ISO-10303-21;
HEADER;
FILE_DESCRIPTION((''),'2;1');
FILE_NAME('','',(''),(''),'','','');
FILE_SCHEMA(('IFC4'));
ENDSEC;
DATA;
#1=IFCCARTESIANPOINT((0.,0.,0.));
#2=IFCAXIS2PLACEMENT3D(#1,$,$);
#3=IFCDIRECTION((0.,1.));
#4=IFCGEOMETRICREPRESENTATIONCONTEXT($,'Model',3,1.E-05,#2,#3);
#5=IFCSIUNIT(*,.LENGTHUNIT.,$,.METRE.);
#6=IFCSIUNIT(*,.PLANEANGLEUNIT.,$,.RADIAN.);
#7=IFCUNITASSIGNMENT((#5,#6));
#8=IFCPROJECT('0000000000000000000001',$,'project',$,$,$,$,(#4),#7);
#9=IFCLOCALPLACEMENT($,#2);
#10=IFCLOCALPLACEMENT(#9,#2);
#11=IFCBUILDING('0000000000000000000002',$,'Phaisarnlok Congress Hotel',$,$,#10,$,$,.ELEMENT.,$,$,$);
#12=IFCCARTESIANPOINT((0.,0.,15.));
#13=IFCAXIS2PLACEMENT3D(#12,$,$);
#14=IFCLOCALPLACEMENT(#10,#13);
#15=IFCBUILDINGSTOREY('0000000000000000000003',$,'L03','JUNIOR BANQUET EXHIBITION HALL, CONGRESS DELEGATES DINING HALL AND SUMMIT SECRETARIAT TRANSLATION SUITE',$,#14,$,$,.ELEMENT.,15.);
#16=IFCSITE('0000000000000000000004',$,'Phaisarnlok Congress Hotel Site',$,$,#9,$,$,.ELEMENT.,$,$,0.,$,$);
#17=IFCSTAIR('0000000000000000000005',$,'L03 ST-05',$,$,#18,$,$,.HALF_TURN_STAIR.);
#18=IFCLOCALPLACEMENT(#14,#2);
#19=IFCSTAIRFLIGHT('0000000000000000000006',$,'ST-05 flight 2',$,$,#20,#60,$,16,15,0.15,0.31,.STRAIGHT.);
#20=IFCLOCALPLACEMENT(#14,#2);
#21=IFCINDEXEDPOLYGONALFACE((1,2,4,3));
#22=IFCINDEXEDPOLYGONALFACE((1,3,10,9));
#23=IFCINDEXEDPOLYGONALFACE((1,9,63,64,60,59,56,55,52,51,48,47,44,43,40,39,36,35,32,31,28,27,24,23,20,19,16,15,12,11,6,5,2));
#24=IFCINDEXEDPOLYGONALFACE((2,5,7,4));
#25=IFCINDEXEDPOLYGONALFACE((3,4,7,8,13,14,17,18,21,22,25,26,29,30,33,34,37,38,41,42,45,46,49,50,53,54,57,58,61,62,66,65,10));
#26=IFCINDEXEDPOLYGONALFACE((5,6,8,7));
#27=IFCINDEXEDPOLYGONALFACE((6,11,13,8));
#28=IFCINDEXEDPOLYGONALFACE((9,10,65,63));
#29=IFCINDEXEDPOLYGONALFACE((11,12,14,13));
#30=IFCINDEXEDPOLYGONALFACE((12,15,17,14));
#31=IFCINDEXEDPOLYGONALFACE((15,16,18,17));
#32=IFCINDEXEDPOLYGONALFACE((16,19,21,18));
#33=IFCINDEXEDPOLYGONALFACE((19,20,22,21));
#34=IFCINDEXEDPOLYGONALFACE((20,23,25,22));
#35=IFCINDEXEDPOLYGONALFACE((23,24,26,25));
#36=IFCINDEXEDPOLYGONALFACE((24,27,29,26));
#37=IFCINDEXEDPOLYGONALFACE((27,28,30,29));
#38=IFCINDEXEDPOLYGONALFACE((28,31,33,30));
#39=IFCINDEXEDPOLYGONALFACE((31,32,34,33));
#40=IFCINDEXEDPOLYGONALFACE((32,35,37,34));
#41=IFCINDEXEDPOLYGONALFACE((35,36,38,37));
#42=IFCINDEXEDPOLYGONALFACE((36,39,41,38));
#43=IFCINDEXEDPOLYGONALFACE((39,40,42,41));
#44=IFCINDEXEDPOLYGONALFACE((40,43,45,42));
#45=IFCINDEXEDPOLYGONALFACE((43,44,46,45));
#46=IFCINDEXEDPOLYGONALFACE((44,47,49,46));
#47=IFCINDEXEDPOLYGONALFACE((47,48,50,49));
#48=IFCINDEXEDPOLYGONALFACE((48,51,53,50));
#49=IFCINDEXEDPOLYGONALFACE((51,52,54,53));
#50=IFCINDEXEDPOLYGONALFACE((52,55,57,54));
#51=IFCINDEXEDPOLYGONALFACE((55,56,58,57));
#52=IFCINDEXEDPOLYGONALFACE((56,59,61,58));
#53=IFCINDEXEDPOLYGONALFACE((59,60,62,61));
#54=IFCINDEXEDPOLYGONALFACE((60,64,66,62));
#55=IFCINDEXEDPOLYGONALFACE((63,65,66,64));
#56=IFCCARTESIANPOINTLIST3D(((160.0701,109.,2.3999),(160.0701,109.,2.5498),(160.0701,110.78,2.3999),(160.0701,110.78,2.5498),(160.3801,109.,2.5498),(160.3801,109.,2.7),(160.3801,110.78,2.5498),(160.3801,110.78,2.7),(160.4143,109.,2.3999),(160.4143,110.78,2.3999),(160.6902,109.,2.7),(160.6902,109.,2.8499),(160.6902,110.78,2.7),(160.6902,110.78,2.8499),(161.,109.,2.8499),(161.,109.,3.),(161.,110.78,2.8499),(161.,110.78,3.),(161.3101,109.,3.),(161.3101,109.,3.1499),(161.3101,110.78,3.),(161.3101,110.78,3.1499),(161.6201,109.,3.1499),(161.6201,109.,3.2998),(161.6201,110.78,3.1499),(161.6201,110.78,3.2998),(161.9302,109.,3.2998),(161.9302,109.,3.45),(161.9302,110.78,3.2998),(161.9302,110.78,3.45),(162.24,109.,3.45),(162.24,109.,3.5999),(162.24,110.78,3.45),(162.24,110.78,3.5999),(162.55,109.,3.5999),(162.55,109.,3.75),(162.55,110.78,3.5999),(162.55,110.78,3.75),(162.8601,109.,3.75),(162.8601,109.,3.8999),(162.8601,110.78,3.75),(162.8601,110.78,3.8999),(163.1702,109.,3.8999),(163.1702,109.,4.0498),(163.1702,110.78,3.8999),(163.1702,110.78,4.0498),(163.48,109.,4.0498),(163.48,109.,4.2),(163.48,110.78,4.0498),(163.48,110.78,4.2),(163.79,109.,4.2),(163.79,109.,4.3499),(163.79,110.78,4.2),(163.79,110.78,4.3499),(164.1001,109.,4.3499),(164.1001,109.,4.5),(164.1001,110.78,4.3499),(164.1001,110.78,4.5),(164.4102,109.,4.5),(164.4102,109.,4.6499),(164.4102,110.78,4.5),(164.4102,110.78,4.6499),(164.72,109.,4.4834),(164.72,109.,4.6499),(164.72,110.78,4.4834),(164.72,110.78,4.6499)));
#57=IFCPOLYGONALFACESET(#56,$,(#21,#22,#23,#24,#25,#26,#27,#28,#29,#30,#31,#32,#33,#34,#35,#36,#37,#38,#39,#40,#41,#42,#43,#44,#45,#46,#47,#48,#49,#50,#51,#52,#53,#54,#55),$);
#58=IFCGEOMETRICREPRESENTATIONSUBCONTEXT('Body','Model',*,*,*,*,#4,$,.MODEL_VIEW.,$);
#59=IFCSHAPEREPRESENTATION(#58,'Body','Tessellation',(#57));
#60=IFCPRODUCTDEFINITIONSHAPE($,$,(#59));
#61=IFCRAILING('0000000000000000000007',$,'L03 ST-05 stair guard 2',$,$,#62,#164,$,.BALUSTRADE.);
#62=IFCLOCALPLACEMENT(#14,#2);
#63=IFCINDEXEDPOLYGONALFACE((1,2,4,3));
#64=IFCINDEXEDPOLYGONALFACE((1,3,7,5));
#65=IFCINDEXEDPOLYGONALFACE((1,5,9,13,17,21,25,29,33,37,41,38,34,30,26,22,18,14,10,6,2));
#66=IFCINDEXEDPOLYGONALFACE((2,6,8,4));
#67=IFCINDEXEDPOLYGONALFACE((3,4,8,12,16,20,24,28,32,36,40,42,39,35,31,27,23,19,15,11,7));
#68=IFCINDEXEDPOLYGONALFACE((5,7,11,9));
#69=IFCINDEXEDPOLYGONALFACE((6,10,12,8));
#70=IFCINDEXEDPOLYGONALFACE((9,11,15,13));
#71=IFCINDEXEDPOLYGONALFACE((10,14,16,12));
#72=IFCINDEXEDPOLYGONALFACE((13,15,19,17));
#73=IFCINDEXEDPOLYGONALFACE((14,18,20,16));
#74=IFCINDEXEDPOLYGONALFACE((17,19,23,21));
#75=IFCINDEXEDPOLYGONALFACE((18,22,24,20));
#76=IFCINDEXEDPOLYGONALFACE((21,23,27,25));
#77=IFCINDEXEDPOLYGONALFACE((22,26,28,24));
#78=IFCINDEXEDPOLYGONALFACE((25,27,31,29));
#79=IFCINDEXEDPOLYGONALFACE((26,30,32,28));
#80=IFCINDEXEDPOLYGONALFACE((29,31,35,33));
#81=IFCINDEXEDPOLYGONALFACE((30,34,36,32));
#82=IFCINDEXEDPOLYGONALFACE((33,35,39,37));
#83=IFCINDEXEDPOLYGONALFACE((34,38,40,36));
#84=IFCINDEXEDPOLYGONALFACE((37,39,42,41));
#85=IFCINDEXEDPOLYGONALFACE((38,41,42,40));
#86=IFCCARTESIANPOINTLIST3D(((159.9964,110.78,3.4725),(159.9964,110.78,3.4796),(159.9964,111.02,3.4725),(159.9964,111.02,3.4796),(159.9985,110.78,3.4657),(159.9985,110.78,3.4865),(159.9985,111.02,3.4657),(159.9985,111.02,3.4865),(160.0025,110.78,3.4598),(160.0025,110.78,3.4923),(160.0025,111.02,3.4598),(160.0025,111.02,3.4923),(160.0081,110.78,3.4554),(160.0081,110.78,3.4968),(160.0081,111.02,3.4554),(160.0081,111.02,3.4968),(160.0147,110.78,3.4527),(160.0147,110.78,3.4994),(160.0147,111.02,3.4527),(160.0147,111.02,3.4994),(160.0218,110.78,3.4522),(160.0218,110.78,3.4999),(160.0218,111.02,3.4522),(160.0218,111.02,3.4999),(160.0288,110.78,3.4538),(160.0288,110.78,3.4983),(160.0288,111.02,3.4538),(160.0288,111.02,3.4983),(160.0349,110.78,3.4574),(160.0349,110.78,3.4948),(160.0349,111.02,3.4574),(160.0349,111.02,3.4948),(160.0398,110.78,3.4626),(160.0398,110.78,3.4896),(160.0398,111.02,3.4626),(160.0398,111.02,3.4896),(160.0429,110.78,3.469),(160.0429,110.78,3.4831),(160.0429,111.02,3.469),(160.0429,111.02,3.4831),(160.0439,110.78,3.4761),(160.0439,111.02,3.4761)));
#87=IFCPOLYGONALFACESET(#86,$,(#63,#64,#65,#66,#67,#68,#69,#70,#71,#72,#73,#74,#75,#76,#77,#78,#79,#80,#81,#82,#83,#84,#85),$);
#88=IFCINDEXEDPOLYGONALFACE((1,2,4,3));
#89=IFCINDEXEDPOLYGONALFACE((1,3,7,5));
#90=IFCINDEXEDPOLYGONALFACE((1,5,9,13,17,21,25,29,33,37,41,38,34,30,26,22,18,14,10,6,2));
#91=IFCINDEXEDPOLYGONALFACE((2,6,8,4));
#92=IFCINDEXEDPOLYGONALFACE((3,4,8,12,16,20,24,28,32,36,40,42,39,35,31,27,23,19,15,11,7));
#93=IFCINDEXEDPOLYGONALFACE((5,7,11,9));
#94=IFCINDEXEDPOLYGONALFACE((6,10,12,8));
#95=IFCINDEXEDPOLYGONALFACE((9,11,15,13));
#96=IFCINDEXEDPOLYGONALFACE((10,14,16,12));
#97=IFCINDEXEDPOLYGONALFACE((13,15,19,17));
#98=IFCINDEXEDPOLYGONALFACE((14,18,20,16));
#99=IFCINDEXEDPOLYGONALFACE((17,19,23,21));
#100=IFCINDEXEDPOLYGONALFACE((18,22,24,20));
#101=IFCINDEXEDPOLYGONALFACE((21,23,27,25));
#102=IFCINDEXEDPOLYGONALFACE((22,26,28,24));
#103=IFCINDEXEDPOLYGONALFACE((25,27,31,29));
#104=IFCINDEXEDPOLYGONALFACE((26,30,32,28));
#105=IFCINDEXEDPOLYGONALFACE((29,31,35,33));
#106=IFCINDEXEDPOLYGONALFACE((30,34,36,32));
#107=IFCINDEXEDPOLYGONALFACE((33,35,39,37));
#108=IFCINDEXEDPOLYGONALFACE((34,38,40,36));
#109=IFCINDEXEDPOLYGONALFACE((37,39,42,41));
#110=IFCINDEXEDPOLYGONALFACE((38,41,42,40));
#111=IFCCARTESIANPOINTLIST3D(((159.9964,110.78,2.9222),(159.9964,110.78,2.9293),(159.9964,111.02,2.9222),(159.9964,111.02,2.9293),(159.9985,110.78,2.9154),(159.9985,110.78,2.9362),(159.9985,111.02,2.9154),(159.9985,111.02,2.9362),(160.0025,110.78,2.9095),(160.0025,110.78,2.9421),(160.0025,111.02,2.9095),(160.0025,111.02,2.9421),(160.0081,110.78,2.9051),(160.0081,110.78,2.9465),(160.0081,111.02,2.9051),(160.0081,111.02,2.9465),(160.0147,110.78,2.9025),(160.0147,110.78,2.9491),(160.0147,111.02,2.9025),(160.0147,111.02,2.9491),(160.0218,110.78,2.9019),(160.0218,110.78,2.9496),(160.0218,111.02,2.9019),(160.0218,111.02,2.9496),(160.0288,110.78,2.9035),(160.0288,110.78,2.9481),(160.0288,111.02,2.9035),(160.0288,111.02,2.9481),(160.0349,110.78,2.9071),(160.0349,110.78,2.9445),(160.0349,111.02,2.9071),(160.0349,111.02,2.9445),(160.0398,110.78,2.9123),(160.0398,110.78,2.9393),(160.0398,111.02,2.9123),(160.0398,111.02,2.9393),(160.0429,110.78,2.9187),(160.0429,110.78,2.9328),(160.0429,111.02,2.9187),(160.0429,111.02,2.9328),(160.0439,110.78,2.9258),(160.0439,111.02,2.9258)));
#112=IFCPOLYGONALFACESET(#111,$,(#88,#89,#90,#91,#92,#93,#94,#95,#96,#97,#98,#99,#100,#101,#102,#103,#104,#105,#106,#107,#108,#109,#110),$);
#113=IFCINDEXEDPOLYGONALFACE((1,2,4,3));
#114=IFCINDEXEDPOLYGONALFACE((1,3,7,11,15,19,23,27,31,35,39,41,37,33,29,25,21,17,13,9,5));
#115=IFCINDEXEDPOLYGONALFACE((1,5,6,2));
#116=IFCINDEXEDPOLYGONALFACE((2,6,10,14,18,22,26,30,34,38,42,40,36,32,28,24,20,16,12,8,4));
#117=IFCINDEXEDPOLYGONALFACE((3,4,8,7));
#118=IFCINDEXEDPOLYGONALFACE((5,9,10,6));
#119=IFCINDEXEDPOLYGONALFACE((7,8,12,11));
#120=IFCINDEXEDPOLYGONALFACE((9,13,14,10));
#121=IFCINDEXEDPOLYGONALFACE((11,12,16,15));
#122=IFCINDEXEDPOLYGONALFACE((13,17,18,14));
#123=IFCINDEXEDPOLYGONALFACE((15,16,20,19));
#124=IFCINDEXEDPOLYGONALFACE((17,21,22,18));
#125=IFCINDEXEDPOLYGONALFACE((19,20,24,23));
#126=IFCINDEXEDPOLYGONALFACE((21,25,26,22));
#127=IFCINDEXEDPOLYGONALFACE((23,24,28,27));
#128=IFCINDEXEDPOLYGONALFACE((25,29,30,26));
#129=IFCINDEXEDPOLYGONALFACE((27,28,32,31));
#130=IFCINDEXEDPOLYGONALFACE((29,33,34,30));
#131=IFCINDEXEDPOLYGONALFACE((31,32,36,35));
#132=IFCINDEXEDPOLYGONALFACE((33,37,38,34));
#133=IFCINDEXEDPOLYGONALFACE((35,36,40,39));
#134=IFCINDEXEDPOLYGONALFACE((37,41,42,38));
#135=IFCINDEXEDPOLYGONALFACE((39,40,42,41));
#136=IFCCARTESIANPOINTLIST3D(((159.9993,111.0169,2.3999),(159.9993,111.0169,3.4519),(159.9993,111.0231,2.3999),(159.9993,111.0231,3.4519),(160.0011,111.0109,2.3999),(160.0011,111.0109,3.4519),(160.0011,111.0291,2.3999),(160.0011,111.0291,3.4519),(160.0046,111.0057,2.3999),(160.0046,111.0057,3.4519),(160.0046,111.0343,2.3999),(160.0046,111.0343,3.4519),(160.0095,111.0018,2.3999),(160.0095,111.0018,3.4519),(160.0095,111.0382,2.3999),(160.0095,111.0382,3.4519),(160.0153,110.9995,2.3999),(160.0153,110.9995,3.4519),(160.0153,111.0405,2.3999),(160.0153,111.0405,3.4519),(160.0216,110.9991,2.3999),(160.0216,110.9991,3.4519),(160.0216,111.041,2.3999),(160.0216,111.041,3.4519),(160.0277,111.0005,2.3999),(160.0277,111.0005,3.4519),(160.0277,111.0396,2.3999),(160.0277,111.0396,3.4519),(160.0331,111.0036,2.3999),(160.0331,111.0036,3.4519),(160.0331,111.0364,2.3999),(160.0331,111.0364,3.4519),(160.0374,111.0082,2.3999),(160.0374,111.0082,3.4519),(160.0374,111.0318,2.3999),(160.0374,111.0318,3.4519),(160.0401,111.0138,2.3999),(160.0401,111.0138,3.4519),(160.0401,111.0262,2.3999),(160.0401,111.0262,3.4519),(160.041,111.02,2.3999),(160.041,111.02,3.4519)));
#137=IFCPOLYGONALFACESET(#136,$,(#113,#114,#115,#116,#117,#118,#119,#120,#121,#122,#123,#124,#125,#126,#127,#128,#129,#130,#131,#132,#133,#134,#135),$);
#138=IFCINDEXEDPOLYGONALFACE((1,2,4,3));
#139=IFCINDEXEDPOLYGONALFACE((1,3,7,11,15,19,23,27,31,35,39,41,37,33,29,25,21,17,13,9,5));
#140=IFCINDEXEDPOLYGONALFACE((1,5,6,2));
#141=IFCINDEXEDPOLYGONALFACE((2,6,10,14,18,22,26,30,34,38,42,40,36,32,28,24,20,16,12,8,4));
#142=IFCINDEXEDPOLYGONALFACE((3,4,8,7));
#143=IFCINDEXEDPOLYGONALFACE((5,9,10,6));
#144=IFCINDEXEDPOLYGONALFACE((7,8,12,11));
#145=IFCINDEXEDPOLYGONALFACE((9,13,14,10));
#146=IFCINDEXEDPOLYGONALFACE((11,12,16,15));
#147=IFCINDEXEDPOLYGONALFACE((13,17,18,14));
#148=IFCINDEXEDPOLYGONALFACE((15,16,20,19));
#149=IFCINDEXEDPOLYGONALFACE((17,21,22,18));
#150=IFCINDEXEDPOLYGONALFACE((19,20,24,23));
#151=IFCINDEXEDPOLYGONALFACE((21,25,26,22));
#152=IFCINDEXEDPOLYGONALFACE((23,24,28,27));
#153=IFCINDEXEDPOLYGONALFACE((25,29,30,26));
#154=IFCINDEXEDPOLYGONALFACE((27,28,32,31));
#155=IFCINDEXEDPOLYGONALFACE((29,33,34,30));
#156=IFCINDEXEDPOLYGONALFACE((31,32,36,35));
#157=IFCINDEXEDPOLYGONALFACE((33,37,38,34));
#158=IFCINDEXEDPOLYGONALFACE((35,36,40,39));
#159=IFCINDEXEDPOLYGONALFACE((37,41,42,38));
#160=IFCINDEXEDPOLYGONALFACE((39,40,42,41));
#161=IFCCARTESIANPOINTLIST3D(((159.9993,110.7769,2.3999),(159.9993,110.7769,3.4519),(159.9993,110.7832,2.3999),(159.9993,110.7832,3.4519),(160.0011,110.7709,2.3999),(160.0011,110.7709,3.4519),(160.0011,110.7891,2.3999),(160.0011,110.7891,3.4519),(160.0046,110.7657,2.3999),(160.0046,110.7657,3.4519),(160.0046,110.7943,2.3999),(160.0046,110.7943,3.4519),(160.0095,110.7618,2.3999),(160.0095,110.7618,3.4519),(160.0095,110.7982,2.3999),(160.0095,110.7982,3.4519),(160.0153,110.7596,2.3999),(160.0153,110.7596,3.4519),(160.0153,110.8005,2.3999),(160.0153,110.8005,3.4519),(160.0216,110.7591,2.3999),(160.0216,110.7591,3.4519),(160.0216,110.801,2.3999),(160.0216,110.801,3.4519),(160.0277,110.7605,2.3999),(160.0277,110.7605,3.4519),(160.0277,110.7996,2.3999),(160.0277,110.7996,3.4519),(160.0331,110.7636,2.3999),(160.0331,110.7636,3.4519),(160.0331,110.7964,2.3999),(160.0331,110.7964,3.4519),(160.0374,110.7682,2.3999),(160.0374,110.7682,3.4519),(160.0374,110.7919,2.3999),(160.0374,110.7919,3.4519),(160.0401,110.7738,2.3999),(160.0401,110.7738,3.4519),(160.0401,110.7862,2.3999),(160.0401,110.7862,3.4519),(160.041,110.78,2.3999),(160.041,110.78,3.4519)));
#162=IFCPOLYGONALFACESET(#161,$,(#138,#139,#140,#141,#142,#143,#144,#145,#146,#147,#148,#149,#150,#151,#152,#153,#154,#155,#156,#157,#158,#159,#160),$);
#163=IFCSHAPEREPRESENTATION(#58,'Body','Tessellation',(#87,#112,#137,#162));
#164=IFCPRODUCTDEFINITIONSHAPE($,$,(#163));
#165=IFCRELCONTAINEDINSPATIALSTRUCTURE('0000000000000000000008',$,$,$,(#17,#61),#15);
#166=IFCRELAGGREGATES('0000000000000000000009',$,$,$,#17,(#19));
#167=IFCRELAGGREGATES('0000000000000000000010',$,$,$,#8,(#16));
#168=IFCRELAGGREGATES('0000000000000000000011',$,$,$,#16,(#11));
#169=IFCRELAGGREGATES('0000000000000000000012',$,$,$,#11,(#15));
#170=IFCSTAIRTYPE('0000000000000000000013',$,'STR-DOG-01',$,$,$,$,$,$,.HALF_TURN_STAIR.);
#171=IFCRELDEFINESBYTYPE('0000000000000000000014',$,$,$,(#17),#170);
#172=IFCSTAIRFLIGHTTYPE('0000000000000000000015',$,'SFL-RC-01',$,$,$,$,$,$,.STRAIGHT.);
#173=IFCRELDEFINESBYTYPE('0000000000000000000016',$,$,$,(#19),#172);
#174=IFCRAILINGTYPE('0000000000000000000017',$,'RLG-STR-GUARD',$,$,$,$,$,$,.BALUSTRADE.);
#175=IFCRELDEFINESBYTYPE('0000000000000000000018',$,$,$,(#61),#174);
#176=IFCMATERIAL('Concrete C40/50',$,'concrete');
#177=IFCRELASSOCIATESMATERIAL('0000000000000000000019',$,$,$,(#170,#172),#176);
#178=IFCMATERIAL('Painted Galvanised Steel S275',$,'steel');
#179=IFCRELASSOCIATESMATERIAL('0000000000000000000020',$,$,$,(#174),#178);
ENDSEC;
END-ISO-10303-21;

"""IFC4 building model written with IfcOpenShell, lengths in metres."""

from ifc_helpers import new_model, si_unit, direction, frame, origin, origin_2d, place, context, subcontext, project, spatial, polyline, circle, outline, extrude, material, type_object, element, aggregate, save


model = new_model("IFC4")

# Units and contexts
model_context = context("Model", 3, precision=1e-05, world=origin(), true_north=direction((0.0, 1.0)))
body_context = subcontext(model_context, "Body", "Model", "MODEL_VIEW")
ifc_project = project(units=[si_unit("LENGTHUNIT", "METRE"), si_unit("PLANEANGLEUNIT", "RADIAN")], contexts=[model_context])

# Site, building, storey
site_placement = place(None, origin())
site = spatial("IfcSite", under=ifc_project, at=site_placement, Name="Phaisarnlok Congress Hotel Site", CompositionType="ELEMENT", RefElevation=0.0)
building_placement = place(site_placement, origin())
building = spatial("IfcBuilding", under=site, at=building_placement, Name="Phaisarnlok Congress Hotel", CompositionType="ELEMENT")
storey_placement = place(building_placement, frame((0.0, 0.0, 15.0)))
storey = spatial("IfcBuildingStorey", under=building, at=storey_placement, Name="L03", Description="JUNIOR BANQUET EXHIBITION HALL, CONGRESS DELEGATES DINING HALL AND SUMMIT SECRETARIAT TRANSLATION SUITE", CompositionType="ELEMENT", Elevation=15.0)

# Shared definitions
ifc_material_1 = material(Name="Concrete C40/50", Category="concrete")

# Stair, stair flight
stair_type = type_object("IfcStairType", Name="STR-DOG-01", PredefinedType="HALF_TURN_STAIR", material=ifc_material_1)
stair_placement = place(storey_placement, origin())
stair = element("IfcStair", 1, at=stair_placement, inside=storey, type_object=stair_type, Name="L03 ST-05", PredefinedType="HALF_TURN_STAIR")
stair_flight_type = type_object("IfcStairFlightType", Name="SFL-RC-01", PredefinedType="STRAIGHT", material=ifc_material_1)
stair_flight_placement = place(storey_placement, frame((160.0701, 109.8899, 2.3999), z_axis=(0.0, 0.0, 1.0), x_axis=(1.0, 0.0, 0.0)))
stair_flight = element("IfcStairFlight", 2, at=stair_flight_placement, type_object=stair_flight_type, Name="ST-05 flight 2", NumberOfRisers=16, NumberOfTreads=15, PredefinedType="STRAIGHT", RiserHeight=0.15, TreadLength=0.31, context=body_context, shape_type="SweptSolid", body=[
    extrude(outline(polyline([(0.0, 0.0), (0.0, 0.1499), (0.3101, 0.1499), (0.3101, 0.3), (0.6201, 0.3), (0.6201, 0.45), (0.9299, 0.45), (0.9299, 0.6001), (1.24, 0.6001), (1.24, 0.75), (1.55, 0.75), (1.55, 0.8999), (1.8601, 0.8999), (1.8601, 1.05), (2.1699, 1.05), (2.1699, 1.2), (2.48, 1.2), (2.48, 1.3501), (2.79, 1.3501), (2.79, 1.5), (3.1001, 1.5), (3.1001, 1.6499), (3.4099, 1.6499), (3.4099, 1.8), (3.72, 1.8), (3.72, 1.95), (4.03, 1.95), (4.03, 2.1001), (4.3401, 2.1001), (4.3401, 2.25), (4.6499, 2.25), (4.6499, 2.3999), (4.6499, 2.0835), (0.3442, 0.0), (0.0, 0.0)])), frame((0.0, 0.8901, 0.0), z_axis=(0.0, -1.0, 0.0), x_axis=(1.0, 0.0, 0.0)), (0.0, 0.0, 1.0), 1.78),
])
aggregate(stair, [stair_flight])

# Railing
ifc_material_2 = material(Name="Painted Galvanised Steel S275", Category="steel")
railing_type_1 = type_object("IfcRailingType", Name="RLG-STR-GUARD", PredefinedType="BALUSTRADE", material=ifc_material_2)
railing_1_placement = place(storey_placement, frame((160.02, 111.02, 2.3999)))
element("IfcRailing", 3, at=railing_1_placement, inside=storey, type_object=railing_type_1, Name="L03 ST-05 stair guard 2", PredefinedType="BALUSTRADE", context=body_context, shape_type="SweptSolid", body=[
    extrude(circle(Radius=0.0239, at=origin_2d()), frame((0.0, 0.0, 1.0762), z_axis=(0.0, -1.0, 0.0), x_axis=(1.0, 0.0, 0.0)), (0.0, 0.0, 1.0), 0.24),
    extrude(circle(Radius=0.0239, at=origin_2d()), frame((0.0, 0.0, 0.5259), z_axis=(0.0, -1.0, 0.0), x_axis=(1.0, 0.0, 0.0)), (0.0, 0.0, 1.0), 0.24),
    extrude(circle(Radius=0.021, at=origin_2d()), origin(), (0.0, 0.0, 1.0), 1.052),
    extrude(circle(Radius=0.021, at=origin_2d()), frame((0.0, -0.24, 0.0)), (0.0, 0.0, 1.0), 1.052),
])

save(model, "model.ifc")
